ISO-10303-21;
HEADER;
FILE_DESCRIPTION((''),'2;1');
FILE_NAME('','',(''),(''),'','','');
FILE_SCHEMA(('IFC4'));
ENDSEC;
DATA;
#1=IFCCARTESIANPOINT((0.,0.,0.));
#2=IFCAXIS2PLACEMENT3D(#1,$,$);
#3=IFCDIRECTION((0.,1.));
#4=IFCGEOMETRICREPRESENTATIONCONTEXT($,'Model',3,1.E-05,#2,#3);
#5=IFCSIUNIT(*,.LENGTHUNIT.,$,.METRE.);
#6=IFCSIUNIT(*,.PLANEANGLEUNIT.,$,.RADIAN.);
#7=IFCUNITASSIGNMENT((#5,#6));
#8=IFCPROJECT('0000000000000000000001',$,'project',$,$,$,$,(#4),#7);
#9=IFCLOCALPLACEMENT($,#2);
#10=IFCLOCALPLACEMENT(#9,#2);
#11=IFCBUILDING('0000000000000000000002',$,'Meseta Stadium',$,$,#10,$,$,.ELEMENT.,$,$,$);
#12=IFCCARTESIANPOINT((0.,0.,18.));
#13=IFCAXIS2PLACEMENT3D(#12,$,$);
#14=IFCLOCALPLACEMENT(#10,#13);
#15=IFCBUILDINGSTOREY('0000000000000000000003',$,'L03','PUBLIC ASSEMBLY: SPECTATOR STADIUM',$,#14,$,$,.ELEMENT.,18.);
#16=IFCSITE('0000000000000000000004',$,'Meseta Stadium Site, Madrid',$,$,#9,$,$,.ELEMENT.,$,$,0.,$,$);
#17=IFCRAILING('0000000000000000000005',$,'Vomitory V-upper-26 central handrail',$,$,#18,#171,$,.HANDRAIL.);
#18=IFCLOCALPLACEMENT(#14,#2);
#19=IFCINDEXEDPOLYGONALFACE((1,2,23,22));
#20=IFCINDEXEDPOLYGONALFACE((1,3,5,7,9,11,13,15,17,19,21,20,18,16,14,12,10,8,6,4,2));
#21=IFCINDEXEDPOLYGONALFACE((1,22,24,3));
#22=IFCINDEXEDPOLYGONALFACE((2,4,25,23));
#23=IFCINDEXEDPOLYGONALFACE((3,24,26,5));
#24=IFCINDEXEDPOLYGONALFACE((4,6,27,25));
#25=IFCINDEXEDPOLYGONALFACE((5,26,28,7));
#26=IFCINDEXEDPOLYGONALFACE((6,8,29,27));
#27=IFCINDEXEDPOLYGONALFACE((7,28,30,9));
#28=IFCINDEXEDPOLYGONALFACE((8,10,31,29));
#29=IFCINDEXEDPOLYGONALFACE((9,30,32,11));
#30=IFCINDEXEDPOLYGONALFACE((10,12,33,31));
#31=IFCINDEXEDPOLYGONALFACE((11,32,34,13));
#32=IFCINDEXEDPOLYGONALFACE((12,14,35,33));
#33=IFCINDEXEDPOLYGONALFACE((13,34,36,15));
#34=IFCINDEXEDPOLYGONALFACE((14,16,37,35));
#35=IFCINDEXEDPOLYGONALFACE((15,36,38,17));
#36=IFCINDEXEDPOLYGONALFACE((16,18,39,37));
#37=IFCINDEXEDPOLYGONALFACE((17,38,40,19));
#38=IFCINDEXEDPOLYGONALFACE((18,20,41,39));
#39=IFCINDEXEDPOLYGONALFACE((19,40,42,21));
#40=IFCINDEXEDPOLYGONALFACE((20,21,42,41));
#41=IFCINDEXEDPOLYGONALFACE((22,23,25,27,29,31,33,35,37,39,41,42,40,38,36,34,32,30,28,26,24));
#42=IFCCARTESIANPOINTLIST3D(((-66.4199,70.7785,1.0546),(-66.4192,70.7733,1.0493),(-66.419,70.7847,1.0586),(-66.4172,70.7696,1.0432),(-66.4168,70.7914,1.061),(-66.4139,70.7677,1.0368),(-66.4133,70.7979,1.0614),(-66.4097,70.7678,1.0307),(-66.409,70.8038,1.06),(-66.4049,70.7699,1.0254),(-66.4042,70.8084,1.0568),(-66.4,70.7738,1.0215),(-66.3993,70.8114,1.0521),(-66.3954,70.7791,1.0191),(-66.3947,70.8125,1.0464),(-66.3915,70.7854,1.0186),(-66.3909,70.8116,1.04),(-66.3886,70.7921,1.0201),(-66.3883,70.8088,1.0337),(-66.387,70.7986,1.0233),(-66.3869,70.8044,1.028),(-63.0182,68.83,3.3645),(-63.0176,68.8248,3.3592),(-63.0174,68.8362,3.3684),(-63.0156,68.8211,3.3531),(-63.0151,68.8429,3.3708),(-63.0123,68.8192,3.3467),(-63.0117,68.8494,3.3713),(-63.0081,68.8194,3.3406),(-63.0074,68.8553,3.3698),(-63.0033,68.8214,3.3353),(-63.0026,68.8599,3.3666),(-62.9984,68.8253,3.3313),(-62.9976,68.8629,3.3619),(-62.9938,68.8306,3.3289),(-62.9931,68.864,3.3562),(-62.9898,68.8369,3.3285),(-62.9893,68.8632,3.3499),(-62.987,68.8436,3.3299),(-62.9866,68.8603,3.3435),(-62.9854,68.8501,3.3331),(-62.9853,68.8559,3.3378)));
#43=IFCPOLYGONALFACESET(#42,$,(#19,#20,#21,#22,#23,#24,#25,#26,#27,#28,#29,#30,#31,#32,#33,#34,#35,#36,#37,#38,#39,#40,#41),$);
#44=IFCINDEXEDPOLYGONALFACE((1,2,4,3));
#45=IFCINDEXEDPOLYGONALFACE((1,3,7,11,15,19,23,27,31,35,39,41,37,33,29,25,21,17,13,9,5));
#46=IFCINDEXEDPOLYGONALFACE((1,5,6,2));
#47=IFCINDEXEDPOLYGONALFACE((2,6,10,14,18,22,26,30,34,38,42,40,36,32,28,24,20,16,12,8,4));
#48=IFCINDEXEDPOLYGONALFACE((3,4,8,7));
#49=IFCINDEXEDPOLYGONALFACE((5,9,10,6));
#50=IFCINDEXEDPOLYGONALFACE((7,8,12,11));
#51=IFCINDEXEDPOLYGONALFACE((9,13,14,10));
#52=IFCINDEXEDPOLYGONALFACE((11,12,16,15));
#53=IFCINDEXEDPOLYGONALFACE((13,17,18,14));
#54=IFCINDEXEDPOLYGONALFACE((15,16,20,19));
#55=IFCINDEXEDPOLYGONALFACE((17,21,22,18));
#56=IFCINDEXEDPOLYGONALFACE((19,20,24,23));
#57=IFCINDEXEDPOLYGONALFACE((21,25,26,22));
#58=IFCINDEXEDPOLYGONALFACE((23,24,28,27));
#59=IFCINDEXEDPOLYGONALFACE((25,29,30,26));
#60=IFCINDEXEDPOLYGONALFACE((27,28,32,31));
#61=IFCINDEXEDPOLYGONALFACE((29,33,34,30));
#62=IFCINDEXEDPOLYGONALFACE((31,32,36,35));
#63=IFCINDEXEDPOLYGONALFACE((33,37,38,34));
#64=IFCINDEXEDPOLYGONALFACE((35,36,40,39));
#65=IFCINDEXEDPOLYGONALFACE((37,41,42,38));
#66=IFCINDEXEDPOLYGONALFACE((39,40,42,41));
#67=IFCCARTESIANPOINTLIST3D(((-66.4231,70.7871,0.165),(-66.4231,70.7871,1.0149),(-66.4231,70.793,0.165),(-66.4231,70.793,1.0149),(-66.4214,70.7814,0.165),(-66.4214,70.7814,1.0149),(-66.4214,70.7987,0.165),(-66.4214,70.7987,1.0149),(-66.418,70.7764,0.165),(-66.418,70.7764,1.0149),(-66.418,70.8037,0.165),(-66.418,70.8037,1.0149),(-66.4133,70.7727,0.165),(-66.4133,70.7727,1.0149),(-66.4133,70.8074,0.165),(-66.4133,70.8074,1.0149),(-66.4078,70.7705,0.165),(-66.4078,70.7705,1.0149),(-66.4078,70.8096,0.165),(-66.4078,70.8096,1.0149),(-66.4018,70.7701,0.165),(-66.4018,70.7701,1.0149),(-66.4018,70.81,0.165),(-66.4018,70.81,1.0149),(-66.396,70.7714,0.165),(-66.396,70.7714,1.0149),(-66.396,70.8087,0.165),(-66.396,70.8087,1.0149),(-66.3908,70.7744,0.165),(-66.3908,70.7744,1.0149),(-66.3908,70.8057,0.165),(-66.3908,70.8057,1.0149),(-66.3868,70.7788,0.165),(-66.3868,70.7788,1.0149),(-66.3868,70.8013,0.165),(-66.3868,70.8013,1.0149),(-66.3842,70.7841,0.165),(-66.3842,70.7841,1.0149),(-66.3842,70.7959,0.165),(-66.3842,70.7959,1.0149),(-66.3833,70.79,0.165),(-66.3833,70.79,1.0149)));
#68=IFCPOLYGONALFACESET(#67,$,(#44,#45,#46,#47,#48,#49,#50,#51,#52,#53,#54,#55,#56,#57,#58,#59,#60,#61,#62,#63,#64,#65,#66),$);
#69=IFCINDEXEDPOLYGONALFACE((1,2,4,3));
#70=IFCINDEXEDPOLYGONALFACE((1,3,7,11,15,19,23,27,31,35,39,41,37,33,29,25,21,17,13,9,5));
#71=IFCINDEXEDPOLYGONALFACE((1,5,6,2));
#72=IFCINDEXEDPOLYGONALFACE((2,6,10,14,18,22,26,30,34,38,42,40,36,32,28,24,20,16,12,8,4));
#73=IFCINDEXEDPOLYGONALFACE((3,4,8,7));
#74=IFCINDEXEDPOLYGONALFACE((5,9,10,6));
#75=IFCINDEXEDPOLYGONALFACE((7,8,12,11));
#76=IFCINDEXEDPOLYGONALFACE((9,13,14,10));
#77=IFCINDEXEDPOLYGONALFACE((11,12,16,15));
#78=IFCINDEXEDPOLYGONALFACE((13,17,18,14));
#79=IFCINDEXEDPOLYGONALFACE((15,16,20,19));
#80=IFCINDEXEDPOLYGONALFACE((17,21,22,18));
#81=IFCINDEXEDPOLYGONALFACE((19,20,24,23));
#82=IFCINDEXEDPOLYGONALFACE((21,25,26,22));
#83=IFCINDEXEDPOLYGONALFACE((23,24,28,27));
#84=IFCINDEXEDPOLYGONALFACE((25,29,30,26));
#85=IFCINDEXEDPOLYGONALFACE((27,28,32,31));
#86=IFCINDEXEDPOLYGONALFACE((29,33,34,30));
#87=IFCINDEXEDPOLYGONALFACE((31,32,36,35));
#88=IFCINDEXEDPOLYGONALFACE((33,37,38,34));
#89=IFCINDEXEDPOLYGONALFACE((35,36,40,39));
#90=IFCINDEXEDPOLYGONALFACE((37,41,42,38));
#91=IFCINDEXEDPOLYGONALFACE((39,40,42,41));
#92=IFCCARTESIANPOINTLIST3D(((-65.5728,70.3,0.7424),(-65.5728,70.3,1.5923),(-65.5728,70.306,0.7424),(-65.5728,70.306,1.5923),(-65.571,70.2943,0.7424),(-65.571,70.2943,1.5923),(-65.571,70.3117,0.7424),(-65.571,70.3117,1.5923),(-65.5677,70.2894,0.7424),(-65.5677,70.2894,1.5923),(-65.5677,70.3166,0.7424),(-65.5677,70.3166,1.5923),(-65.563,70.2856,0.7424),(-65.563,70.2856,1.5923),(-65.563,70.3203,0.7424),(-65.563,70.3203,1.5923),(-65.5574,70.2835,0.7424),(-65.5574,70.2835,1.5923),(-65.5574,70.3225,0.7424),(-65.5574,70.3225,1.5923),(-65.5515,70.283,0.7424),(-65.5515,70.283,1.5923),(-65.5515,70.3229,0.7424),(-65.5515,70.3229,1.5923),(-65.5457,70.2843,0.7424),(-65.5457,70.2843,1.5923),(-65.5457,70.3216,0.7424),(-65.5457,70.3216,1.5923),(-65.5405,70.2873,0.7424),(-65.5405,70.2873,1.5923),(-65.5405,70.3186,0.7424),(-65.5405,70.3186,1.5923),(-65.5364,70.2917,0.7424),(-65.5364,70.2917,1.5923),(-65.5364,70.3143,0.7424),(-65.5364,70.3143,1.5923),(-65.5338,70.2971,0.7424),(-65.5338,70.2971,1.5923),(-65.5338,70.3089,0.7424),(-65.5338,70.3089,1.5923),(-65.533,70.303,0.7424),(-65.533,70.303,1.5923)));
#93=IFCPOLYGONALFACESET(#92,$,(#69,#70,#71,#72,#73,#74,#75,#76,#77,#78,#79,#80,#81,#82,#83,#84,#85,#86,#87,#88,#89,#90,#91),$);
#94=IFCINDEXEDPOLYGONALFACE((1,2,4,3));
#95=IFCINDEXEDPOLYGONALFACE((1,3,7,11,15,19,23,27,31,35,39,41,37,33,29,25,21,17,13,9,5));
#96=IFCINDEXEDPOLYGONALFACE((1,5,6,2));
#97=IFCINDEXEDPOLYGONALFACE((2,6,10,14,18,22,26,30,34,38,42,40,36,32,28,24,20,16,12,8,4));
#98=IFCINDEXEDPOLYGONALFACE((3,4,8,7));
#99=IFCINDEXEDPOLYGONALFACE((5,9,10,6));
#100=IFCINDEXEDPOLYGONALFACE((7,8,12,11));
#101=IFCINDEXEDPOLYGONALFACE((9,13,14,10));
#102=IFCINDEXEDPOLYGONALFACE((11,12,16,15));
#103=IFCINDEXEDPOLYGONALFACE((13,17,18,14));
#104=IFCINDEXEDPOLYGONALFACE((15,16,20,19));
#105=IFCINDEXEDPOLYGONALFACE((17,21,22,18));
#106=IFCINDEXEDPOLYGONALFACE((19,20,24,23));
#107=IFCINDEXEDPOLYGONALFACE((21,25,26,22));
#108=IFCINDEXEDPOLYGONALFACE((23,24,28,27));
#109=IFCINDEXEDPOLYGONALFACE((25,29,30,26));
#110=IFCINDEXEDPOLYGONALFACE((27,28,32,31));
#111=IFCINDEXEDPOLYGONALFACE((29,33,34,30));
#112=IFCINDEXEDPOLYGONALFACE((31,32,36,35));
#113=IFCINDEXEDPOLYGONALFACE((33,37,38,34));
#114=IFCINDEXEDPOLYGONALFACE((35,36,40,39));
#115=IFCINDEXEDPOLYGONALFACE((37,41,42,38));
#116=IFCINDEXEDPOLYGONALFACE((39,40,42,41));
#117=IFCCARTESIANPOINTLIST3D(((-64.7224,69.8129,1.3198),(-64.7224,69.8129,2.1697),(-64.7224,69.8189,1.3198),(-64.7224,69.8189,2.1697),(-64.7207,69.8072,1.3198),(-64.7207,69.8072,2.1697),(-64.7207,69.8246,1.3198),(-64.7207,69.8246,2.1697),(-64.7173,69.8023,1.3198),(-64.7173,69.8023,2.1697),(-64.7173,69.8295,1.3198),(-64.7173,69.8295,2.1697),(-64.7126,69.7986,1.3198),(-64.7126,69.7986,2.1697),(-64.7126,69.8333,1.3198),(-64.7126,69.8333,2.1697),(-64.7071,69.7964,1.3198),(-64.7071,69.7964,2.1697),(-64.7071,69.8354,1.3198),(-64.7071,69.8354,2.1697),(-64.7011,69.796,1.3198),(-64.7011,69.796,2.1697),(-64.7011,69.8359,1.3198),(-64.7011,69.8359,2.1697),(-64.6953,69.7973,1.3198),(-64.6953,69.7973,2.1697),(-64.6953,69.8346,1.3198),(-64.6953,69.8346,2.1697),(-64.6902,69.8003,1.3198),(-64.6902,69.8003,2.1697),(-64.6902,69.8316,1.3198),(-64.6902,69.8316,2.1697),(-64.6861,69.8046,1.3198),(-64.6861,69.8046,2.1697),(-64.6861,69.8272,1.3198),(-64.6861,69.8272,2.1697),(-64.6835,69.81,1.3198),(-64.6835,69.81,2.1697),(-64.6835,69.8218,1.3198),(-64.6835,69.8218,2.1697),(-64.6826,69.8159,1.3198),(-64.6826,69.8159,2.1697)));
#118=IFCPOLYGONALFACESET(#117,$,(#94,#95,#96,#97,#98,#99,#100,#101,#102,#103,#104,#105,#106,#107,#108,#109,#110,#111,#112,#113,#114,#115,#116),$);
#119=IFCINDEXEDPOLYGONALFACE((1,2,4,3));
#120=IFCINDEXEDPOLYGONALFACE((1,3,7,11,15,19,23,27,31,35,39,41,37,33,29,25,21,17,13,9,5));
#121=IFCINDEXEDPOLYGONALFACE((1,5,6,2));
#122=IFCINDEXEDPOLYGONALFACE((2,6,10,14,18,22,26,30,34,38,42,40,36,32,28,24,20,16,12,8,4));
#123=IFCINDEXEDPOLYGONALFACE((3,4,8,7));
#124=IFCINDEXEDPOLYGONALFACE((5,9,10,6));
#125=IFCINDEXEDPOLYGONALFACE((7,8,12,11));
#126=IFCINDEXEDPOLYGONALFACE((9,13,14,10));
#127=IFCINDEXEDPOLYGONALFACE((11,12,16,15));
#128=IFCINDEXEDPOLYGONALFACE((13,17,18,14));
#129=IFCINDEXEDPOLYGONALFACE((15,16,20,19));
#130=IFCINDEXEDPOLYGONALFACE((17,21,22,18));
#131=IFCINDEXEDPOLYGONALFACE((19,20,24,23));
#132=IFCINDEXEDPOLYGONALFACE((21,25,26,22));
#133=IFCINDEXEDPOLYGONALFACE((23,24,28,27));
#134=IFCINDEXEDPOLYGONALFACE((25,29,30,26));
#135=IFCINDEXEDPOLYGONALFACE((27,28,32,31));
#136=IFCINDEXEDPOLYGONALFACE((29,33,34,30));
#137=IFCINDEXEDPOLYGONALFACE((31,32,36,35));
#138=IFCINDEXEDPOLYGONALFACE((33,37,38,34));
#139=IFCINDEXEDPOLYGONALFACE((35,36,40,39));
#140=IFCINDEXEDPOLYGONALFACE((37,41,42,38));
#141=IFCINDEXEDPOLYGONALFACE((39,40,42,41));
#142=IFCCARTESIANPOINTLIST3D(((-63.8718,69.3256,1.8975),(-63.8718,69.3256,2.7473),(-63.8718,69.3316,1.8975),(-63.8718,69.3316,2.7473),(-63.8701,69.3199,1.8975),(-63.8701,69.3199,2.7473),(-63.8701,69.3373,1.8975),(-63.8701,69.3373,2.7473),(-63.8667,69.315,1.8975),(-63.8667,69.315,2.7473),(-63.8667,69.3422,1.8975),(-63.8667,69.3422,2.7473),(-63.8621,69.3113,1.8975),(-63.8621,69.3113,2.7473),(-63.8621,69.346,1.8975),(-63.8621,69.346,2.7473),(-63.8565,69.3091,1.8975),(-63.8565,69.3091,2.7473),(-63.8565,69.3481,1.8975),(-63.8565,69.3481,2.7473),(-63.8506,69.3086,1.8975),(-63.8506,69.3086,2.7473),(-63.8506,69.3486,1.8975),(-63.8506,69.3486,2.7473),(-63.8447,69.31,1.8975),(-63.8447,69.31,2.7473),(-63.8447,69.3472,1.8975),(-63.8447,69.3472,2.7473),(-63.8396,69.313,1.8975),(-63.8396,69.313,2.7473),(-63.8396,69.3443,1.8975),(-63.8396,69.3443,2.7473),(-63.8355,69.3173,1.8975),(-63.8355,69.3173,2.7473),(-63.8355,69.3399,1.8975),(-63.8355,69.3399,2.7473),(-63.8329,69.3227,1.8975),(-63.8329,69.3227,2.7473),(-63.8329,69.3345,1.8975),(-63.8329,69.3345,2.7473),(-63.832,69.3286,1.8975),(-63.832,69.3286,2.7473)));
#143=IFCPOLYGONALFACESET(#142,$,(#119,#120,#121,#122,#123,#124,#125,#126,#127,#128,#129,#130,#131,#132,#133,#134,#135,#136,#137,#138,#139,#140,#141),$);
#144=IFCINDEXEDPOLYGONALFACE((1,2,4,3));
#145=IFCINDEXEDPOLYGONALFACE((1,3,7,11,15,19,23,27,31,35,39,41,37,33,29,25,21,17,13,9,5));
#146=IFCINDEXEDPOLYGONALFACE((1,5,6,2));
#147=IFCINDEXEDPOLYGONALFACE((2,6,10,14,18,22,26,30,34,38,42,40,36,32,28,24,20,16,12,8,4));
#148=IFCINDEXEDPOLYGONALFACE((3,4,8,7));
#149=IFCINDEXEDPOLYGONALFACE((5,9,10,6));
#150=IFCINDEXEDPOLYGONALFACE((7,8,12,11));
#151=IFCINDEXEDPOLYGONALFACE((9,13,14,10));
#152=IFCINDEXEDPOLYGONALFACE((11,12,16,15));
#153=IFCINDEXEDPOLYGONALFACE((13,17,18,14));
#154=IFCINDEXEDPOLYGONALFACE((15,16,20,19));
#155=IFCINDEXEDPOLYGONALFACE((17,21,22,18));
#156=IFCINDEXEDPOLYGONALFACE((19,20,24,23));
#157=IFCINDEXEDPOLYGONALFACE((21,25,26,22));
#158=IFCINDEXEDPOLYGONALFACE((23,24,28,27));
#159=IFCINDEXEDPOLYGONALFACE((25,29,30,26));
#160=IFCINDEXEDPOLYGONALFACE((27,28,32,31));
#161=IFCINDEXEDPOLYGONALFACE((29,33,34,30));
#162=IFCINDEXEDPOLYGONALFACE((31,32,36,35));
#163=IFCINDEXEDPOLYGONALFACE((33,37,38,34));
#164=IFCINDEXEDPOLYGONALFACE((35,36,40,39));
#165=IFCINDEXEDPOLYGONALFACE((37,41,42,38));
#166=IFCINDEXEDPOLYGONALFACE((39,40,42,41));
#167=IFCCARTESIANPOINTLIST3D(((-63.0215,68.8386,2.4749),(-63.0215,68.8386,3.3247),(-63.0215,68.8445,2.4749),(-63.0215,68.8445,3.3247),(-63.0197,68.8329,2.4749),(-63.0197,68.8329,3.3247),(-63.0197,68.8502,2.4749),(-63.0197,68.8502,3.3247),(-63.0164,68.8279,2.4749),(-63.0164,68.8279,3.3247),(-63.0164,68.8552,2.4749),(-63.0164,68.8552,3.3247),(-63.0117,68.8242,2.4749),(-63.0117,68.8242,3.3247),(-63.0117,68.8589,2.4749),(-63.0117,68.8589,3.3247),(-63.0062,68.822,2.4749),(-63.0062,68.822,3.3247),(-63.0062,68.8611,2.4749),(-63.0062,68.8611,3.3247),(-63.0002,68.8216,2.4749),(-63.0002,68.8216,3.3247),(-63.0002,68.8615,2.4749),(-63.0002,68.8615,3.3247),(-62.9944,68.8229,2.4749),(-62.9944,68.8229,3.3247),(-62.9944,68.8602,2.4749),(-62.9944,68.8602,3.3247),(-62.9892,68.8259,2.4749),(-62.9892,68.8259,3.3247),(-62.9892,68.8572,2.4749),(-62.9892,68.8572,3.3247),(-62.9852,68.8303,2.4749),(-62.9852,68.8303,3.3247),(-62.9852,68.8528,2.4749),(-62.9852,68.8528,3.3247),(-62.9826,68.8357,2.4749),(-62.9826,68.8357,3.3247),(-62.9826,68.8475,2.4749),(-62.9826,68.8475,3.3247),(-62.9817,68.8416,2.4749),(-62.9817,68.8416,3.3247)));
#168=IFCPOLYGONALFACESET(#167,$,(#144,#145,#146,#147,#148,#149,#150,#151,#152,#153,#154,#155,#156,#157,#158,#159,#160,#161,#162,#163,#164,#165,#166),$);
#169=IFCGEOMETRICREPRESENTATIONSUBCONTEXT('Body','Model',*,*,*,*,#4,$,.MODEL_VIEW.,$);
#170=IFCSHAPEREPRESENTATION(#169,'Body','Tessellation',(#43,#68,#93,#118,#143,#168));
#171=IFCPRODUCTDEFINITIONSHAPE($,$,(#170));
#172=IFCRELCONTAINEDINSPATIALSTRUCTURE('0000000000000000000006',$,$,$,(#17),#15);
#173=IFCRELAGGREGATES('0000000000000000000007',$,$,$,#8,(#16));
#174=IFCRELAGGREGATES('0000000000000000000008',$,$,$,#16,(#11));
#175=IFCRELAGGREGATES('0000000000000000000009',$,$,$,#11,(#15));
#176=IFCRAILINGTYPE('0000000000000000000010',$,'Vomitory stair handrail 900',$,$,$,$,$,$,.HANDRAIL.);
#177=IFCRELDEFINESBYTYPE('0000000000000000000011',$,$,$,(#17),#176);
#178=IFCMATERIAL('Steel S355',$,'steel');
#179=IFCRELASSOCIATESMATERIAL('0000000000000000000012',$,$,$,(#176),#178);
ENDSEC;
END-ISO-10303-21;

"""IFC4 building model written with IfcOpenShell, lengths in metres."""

from ifc_helpers import new_model, si_unit, direction, frame, origin, origin_2d, place, context, subcontext, project, spatial, circle, extrude, material, type_object, element, save


model = new_model("IFC4")

# Units and contexts
model_context = context("Model", 3, precision=1e-05, world=origin(), true_north=direction((0.0, 1.0)))
body_context = subcontext(model_context, "Body", "Model", "MODEL_VIEW")
ifc_project = project(units=[si_unit("LENGTHUNIT", "METRE"), si_unit("PLANEANGLEUNIT", "RADIAN")], contexts=[model_context])

# Site, building, storey
site_placement = place(None, origin())
site = spatial("IfcSite", under=ifc_project, at=site_placement, Name="Meseta Stadium Site, Madrid", CompositionType="ELEMENT", RefElevation=0.0)
building_placement = place(site_placement, origin())
building = spatial("IfcBuilding", under=site, at=building_placement, Name="Meseta Stadium", CompositionType="ELEMENT")
storey_placement = place(building_placement, frame((0.0, 0.0, 18.0)))
storey = spatial("IfcBuildingStorey", under=building, at=storey_placement, Name="L03", Description="PUBLIC ASSEMBLY: SPECTATOR STADIUM", CompositionType="ELEMENT", Elevation=18.0)

# Railing
ifc_material_1 = material(Name="Steel S355", Category="steel")
railing_type_1 = type_object("IfcRailingType", Name="Vomitory stair handrail 900", PredefinedType="HANDRAIL", material=ifc_material_1)
railing_1_placement = place(storey_placement, frame((-66.4033, 70.79, 0.165)))
element("IfcRailing", 1, at=railing_1_placement, inside=storey, type_object=railing_type_1, Name="Vomitory V-upper-26 central handrail", PredefinedType="HANDRAIL", context=body_context, shape_type="SweptSolid", body=[
    extrude(circle(Radius=0.0249, at=origin_2d()), frame((0.0, 0.0, 0.875), z_axis=(0.747601, -0.428236, 0.507648), x_axis=(0.497044, 0.867725, 0.0)), (0.0, 0.0, 1.0), 4.55),
    extrude(circle(Radius=0.02, at=origin_2d()), origin(), (0.0, 0.0, 1.0), 0.8499),
    extrude(circle(Radius=0.02, at=origin_2d()), frame((0.8503, -0.4871, 0.5774)), (0.0, 0.0, 1.0), 0.8499),
    extrude(circle(Radius=0.02, at=origin_2d()), frame((1.7007, -0.9741, 1.1548)), (0.0, 0.0, 1.0), 0.8499),
    extrude(circle(Radius=0.02, at=origin_2d()), frame((2.5513, -1.4614, 1.7324)), (0.0, 0.0, 1.0), 0.8499),
    extrude(circle(Radius=0.02, at=origin_2d()), frame((3.4016, -1.9485, 2.3098)), (0.0, 0.0, 1.0), 0.8499),
])

save(model, "model.ifc")
